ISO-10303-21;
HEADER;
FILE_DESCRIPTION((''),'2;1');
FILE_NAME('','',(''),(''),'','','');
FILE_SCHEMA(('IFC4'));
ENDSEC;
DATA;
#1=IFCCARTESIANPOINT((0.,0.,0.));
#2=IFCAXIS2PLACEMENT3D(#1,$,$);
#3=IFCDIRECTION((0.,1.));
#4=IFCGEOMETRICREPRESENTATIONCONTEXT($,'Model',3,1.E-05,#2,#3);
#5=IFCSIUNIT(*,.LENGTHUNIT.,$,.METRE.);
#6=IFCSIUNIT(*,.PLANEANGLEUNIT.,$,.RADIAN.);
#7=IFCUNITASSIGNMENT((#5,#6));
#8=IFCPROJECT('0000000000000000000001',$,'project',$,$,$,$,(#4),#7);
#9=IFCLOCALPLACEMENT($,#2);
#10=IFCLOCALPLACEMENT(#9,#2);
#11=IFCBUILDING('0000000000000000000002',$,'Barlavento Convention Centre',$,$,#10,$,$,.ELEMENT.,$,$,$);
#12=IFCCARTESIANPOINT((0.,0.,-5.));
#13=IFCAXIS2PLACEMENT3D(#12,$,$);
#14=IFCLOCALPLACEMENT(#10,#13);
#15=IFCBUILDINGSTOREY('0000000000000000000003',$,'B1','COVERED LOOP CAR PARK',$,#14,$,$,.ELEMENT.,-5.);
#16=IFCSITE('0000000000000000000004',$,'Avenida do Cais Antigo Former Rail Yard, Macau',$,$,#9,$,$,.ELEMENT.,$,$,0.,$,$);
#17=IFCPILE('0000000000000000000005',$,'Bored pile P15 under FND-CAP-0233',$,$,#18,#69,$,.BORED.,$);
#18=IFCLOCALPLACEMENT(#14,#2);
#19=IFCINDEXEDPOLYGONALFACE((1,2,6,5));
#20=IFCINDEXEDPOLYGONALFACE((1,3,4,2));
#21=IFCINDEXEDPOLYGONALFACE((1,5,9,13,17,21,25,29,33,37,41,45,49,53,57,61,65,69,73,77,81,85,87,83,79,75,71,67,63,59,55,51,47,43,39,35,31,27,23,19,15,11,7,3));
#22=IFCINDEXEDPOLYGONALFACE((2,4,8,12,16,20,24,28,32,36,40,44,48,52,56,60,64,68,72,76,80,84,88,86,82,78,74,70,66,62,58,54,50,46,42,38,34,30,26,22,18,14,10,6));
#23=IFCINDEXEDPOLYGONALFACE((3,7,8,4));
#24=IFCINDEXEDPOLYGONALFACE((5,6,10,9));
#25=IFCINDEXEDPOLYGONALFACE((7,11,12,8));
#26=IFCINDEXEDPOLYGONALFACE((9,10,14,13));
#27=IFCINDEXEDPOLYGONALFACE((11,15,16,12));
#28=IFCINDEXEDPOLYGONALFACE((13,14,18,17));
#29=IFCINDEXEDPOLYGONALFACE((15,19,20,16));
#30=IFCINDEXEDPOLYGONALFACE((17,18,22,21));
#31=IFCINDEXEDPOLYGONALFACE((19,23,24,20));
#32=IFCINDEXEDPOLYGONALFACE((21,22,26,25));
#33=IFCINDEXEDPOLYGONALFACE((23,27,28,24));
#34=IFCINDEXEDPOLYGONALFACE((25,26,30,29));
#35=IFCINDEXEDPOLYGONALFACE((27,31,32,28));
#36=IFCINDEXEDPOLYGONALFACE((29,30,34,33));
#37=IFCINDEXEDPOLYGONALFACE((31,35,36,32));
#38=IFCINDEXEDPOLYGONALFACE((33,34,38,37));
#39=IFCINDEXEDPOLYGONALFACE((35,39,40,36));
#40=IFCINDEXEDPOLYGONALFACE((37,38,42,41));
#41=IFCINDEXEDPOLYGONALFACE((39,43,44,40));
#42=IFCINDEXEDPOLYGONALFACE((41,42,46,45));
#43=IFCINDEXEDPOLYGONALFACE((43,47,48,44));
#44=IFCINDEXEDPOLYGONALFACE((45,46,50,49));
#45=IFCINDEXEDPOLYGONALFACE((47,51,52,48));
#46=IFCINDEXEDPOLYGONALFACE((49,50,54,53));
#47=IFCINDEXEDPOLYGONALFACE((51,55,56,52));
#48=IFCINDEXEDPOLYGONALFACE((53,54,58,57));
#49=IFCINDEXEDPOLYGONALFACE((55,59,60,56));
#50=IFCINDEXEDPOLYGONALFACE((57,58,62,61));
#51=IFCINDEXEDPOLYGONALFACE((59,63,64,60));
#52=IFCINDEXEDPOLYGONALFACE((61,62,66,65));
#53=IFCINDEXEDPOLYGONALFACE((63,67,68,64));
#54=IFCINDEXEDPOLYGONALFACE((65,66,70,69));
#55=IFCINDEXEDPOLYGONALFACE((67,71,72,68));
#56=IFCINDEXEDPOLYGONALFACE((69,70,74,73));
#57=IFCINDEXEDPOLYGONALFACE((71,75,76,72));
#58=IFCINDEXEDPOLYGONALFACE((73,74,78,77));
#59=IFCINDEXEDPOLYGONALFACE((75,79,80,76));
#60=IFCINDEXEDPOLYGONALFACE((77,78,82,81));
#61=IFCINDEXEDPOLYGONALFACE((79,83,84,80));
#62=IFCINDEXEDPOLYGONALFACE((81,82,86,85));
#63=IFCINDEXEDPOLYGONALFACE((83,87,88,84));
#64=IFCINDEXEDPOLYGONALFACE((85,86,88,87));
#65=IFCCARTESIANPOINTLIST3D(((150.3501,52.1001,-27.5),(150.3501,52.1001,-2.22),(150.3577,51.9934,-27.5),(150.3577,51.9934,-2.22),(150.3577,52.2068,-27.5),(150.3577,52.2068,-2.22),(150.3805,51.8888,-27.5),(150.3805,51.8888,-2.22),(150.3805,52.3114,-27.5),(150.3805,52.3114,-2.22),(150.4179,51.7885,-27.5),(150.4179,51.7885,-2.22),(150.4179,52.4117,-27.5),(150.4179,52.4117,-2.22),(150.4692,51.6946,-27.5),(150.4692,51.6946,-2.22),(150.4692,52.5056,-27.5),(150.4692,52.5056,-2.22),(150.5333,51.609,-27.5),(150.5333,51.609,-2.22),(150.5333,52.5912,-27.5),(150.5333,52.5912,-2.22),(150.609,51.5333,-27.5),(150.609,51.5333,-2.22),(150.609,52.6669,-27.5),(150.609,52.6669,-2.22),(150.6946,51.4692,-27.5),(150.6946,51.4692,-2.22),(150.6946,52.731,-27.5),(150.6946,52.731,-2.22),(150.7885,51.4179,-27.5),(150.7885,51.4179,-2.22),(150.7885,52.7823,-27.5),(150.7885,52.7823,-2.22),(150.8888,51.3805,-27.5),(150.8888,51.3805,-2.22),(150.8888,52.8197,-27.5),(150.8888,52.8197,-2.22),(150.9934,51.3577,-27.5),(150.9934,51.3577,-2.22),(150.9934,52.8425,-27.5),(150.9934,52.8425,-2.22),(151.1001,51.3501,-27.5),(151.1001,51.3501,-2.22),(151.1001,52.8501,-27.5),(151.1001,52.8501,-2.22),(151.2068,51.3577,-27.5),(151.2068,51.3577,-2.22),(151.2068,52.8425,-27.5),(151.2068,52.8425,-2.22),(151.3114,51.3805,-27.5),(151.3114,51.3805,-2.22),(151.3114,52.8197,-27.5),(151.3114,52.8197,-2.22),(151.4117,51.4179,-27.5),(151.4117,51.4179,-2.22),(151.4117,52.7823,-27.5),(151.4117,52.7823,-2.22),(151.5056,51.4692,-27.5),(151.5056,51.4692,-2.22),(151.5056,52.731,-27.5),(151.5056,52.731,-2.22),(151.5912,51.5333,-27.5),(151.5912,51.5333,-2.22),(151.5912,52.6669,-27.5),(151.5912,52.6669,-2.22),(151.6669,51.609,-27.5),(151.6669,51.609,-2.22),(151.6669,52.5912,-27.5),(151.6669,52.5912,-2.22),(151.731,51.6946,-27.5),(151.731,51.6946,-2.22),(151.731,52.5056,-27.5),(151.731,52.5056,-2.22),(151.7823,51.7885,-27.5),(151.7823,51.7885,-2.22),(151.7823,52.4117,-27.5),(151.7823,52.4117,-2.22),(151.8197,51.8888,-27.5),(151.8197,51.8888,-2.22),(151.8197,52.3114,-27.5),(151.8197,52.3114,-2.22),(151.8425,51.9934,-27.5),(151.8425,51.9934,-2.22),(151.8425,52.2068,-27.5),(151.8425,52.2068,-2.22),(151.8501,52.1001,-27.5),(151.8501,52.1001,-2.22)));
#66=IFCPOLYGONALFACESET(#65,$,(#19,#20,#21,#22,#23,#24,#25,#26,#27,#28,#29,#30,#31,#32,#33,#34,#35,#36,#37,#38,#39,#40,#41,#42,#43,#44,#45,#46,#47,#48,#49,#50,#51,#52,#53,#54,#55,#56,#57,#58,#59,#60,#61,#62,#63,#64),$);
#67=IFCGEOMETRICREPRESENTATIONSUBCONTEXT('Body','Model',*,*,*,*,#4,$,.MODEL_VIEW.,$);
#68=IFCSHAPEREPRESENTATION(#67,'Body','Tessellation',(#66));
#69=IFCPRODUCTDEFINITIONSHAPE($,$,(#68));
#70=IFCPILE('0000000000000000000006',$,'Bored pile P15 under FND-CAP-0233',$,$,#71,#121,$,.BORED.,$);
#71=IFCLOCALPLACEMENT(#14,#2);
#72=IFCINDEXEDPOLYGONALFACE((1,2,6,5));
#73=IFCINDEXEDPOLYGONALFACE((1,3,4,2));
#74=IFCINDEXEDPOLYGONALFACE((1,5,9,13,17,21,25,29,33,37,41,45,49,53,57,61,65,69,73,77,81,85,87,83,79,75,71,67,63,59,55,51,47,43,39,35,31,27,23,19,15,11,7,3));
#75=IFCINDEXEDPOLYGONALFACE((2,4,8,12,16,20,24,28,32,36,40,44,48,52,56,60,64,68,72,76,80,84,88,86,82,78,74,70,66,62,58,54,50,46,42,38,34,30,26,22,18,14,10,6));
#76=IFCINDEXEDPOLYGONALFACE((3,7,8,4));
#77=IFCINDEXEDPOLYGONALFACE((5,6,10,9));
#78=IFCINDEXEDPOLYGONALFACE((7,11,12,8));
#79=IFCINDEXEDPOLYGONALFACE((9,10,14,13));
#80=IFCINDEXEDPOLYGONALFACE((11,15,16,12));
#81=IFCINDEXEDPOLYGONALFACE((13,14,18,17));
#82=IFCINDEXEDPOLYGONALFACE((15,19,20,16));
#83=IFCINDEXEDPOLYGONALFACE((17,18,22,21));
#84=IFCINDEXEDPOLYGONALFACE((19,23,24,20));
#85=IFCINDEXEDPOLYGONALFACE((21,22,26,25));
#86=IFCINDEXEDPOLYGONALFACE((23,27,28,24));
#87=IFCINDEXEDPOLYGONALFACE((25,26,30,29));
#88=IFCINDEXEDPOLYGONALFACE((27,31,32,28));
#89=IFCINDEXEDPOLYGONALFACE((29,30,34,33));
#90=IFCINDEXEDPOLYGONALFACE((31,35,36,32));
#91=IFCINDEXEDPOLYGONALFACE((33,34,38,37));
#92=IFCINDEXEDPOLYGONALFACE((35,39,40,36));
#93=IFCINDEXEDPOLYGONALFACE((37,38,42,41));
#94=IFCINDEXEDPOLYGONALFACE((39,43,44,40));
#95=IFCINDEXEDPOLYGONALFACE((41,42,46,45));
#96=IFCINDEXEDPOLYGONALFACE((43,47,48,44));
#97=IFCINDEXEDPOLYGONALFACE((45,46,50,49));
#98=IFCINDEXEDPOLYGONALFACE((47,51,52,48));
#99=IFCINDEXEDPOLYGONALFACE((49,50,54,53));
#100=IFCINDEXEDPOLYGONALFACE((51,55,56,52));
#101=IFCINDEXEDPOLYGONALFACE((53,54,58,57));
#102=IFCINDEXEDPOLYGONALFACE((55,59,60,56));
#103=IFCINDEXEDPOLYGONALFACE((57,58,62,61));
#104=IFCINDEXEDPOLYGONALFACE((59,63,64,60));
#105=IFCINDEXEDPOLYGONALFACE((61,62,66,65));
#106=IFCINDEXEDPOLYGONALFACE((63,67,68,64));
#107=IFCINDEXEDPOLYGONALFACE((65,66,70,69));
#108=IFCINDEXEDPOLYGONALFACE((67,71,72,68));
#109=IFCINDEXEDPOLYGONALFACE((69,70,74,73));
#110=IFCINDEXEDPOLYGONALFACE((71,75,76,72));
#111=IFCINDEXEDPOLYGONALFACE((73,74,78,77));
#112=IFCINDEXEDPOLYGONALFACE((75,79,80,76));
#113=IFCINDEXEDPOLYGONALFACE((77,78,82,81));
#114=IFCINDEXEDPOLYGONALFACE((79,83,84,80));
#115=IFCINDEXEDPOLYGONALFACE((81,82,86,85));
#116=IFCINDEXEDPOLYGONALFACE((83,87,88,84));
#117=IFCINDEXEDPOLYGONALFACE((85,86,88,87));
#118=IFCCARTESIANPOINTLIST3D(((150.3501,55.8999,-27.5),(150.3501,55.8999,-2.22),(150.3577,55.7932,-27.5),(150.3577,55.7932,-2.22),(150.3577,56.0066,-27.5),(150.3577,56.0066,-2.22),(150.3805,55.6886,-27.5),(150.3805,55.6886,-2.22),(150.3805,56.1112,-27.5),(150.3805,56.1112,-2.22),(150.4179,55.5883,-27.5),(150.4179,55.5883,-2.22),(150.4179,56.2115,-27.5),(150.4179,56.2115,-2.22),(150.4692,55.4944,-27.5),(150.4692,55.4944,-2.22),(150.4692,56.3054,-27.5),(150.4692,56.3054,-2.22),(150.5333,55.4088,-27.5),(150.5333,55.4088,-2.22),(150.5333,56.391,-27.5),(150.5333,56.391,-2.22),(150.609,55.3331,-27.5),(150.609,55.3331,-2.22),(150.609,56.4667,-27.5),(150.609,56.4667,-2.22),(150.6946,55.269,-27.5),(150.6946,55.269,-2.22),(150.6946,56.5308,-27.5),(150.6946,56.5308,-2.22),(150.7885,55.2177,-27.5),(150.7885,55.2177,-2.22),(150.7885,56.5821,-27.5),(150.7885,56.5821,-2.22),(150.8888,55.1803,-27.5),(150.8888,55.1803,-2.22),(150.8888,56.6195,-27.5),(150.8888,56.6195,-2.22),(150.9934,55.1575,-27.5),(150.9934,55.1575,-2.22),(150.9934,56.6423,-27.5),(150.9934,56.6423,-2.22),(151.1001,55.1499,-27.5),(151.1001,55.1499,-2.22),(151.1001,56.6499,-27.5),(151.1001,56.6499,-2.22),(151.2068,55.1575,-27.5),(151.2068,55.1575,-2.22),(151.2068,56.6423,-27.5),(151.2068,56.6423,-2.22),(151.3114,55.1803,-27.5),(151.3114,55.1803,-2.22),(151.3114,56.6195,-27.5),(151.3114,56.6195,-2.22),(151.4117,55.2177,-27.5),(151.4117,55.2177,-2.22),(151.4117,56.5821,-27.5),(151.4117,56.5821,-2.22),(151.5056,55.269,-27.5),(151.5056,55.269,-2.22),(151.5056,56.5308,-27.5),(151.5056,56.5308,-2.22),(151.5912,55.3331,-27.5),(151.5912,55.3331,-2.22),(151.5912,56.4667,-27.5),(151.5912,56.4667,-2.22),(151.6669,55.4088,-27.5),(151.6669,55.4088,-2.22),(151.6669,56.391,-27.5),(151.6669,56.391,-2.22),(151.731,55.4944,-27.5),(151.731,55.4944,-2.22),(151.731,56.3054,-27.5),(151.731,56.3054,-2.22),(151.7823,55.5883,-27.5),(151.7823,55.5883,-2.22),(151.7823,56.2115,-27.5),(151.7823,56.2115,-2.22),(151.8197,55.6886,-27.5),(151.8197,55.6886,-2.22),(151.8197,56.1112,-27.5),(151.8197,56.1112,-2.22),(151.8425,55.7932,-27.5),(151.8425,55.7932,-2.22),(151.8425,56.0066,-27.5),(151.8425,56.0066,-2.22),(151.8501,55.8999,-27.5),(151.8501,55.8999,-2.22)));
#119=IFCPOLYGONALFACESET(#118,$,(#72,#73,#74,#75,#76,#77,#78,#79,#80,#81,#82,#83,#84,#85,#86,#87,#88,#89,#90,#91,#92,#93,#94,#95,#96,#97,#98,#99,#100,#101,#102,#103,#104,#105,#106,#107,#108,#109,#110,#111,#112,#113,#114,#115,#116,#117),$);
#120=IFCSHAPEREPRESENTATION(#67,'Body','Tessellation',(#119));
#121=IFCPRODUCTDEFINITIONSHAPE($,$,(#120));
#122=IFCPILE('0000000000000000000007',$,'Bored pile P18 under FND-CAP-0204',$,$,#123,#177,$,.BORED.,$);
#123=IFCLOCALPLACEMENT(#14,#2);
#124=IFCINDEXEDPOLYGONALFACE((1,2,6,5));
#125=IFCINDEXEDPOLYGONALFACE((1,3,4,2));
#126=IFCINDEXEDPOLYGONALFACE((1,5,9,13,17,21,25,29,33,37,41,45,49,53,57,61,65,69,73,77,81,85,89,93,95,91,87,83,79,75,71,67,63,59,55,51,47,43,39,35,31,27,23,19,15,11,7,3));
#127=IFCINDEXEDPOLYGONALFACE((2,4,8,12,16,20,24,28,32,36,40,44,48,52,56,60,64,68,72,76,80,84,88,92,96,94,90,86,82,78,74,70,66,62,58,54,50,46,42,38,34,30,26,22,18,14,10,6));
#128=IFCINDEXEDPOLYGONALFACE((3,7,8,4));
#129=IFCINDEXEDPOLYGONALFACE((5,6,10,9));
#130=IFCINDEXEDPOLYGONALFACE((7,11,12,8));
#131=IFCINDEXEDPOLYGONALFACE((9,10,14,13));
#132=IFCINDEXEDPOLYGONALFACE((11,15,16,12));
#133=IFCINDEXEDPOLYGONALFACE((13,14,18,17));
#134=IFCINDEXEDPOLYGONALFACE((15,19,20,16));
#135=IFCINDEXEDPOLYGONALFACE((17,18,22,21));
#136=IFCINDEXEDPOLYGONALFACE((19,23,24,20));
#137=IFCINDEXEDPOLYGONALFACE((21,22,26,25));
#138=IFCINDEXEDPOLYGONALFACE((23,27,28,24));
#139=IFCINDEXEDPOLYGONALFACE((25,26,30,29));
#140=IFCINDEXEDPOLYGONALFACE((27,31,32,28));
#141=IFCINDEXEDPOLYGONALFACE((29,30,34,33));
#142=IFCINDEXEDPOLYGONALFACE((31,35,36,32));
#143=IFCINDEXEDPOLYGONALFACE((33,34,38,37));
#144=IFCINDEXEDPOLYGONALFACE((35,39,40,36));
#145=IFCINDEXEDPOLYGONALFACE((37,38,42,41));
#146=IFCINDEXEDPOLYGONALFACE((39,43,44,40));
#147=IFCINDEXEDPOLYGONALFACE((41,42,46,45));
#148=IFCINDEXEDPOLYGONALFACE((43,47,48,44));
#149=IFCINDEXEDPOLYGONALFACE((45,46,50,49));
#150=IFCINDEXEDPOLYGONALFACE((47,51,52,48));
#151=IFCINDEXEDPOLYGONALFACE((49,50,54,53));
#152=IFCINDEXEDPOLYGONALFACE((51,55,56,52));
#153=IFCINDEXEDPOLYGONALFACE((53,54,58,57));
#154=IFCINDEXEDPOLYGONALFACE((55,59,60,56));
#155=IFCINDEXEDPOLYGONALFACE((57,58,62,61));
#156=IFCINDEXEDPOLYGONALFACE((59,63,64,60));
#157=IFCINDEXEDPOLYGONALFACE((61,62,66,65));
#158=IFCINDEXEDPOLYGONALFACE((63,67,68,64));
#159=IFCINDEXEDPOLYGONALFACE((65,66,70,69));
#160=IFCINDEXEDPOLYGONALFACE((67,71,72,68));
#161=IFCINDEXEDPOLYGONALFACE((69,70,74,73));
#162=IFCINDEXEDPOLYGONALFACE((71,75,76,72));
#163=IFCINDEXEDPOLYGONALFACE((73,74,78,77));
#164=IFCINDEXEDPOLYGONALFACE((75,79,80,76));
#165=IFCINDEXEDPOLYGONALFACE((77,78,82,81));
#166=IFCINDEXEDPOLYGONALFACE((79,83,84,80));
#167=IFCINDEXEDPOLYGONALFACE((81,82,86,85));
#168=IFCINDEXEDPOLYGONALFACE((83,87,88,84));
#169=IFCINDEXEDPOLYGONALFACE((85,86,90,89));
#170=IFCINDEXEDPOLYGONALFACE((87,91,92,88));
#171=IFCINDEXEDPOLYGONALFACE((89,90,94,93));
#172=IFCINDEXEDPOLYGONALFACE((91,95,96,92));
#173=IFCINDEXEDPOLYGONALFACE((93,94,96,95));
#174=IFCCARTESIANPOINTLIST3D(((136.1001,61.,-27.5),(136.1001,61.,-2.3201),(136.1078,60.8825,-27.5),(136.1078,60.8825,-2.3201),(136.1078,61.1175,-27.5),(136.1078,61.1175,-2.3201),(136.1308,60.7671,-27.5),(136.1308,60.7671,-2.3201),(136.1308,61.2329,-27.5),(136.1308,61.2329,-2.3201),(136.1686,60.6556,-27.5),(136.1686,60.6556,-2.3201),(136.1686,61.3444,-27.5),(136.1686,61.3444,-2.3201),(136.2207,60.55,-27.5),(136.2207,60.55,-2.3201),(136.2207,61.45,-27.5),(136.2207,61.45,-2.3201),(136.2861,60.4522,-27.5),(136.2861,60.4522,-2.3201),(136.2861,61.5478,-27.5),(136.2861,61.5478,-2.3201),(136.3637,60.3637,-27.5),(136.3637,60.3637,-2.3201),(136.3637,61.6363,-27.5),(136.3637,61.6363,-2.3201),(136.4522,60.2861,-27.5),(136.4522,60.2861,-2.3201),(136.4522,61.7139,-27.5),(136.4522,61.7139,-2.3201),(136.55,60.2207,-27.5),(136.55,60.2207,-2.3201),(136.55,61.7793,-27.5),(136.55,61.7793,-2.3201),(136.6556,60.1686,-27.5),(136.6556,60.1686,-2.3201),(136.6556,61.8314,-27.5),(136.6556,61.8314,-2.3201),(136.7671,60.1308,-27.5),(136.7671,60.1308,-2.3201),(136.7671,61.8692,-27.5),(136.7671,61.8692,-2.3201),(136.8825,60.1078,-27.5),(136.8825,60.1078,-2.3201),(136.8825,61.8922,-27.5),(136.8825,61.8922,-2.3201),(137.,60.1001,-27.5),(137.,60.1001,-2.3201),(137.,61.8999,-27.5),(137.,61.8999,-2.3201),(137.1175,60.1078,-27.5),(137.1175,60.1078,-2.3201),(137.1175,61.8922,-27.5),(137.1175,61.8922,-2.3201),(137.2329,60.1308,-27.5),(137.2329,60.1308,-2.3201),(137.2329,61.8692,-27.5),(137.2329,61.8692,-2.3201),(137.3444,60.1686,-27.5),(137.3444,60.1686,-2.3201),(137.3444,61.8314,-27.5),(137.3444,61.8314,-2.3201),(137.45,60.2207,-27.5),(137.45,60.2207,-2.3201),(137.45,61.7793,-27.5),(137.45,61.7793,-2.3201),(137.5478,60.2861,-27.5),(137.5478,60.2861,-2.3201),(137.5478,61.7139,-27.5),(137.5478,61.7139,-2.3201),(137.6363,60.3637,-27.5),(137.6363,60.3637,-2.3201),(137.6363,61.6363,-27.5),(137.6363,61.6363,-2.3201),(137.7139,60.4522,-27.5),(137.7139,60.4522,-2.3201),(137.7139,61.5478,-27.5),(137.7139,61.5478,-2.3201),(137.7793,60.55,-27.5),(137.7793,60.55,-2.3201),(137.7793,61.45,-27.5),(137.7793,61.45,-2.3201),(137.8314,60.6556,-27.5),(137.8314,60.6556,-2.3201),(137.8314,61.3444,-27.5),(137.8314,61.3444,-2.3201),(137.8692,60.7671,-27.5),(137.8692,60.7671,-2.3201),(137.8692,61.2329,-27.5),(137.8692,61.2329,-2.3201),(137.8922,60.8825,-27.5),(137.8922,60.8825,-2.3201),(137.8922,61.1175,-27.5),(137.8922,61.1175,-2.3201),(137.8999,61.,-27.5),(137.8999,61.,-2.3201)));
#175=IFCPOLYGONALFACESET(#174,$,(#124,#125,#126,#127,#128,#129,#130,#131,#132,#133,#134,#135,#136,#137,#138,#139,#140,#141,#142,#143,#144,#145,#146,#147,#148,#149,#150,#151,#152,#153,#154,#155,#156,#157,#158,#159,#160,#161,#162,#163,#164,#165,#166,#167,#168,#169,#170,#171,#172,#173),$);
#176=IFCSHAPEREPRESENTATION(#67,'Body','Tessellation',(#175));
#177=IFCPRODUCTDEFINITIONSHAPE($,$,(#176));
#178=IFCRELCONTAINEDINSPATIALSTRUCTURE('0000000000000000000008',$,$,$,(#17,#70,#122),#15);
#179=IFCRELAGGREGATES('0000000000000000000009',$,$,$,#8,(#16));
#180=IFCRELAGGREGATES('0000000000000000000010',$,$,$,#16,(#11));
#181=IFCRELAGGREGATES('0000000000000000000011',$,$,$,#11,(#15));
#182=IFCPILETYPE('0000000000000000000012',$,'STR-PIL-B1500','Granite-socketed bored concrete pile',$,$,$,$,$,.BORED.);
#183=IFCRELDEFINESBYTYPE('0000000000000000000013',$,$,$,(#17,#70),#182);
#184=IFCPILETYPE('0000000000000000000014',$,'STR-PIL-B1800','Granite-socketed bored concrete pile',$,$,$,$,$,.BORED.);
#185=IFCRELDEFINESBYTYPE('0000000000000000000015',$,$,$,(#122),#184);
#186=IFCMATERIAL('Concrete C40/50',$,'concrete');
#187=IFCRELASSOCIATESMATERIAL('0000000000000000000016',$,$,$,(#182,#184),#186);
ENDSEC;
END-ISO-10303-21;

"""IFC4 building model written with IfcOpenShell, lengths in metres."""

from ifc_helpers import new_model, si_unit, direction, frame, origin, origin_2d, place, context, subcontext, project, spatial, circle, extrude, material, material_profile, profile_set, type_object, element, save


model = new_model("IFC4")

# Units and contexts
model_context = context("Model", 3, precision=1e-05, world=origin(), true_north=direction((0.0, 1.0)))
body_context = subcontext(model_context, "Body", "Model", "MODEL_VIEW")
ifc_project = project(units=[si_unit("LENGTHUNIT", "METRE"), si_unit("PLANEANGLEUNIT", "RADIAN")], contexts=[model_context])

# Site, building, storey
site_placement = place(None, origin())
site = spatial("IfcSite", under=ifc_project, at=site_placement, Name="Avenida do Cais Antigo Former Rail Yard, Macau", CompositionType="ELEMENT", RefElevation=0.0)
building_placement = place(site_placement, origin())
building = spatial("IfcBuilding", under=site, at=building_placement, Name="Barlavento Convention Centre", CompositionType="ELEMENT")
storey_placement = place(building_placement, frame((0.0, 0.0, -5.0)))
storey = spatial("IfcBuildingStorey", under=building, at=storey_placement, Name="B1", Description="COVERED LOOP CAR PARK", CompositionType="ELEMENT", Elevation=-5.0)

# Shared definitions
ifc_material_1 = material(Name="Concrete C40/50", Category="concrete")

# Piles
ifc_material_profile_1 = material_profile(ifc_material_1, circle(Radius=0.75, at=origin_2d()), Name="BORED PILE 1500")
ifc_profile_set_1 = profile_set([ifc_material_profile_1], Name="Concrete C40/50")
pile_type_1 = type_object("IfcPileType", Name="STR-PIL-B1500", Description="Granite-socketed bored concrete pile", PredefinedType="BORED", material=ifc_profile_set_1)
for number, where, z_axis, x_axis, name in (
    (1, (151.1001, 52.1001, -2.22), (0.0, 0.0, -1.0), (1.0, 0.0, 0.0), "Bored pile P15 under FND-CAP-0233"),
    (2, (151.1001, 55.8999, -2.22), (0.0, 0.0, -1.0), (1.0, 0.0, 0.0), "Bored pile P15 under FND-CAP-0233"),
):
    element("IfcPile", number, at=place(storey_placement, frame(where, z_axis=z_axis, x_axis=x_axis)), inside=storey, type_object=pile_type_1, Name=name, PredefinedType="BORED", context=body_context, shape_type="SweptSolid", body=[
        extrude(circle(Radius=0.75, at=origin_2d()), origin(), (0.0, 0.0, 1.0), 25.28),
    ])
ifc_material_profile_2 = material_profile(ifc_material_1, circle(Radius=0.8999, at=origin_2d()), Name="BORED PILE 1800")
ifc_profile_set_2 = profile_set([ifc_material_profile_2], Name="Concrete C40/50")
pile_type_2 = type_object("IfcPileType", Name="STR-PIL-B1800", Description="Granite-socketed bored concrete pile", PredefinedType="BORED", material=ifc_profile_set_2)
for number, where, z_axis, x_axis, name in (
    (3, (137.0, 61.0, -2.3201), (0.0, 0.0, -1.0), (1.0, 0.0, 0.0), "Bored pile P18 under FND-CAP-0204"),
):
    element("IfcPile", number, at=place(storey_placement, frame(where, z_axis=z_axis, x_axis=x_axis)), inside=storey, type_object=pile_type_2, Name=name, PredefinedType="BORED", context=body_context, shape_type="SweptSolid", body=[
        extrude(circle(Radius=0.8999, at=origin_2d()), origin(), (0.0, 0.0, 1.0), 25.1799),
    ])

save(model, "model.ifc")
